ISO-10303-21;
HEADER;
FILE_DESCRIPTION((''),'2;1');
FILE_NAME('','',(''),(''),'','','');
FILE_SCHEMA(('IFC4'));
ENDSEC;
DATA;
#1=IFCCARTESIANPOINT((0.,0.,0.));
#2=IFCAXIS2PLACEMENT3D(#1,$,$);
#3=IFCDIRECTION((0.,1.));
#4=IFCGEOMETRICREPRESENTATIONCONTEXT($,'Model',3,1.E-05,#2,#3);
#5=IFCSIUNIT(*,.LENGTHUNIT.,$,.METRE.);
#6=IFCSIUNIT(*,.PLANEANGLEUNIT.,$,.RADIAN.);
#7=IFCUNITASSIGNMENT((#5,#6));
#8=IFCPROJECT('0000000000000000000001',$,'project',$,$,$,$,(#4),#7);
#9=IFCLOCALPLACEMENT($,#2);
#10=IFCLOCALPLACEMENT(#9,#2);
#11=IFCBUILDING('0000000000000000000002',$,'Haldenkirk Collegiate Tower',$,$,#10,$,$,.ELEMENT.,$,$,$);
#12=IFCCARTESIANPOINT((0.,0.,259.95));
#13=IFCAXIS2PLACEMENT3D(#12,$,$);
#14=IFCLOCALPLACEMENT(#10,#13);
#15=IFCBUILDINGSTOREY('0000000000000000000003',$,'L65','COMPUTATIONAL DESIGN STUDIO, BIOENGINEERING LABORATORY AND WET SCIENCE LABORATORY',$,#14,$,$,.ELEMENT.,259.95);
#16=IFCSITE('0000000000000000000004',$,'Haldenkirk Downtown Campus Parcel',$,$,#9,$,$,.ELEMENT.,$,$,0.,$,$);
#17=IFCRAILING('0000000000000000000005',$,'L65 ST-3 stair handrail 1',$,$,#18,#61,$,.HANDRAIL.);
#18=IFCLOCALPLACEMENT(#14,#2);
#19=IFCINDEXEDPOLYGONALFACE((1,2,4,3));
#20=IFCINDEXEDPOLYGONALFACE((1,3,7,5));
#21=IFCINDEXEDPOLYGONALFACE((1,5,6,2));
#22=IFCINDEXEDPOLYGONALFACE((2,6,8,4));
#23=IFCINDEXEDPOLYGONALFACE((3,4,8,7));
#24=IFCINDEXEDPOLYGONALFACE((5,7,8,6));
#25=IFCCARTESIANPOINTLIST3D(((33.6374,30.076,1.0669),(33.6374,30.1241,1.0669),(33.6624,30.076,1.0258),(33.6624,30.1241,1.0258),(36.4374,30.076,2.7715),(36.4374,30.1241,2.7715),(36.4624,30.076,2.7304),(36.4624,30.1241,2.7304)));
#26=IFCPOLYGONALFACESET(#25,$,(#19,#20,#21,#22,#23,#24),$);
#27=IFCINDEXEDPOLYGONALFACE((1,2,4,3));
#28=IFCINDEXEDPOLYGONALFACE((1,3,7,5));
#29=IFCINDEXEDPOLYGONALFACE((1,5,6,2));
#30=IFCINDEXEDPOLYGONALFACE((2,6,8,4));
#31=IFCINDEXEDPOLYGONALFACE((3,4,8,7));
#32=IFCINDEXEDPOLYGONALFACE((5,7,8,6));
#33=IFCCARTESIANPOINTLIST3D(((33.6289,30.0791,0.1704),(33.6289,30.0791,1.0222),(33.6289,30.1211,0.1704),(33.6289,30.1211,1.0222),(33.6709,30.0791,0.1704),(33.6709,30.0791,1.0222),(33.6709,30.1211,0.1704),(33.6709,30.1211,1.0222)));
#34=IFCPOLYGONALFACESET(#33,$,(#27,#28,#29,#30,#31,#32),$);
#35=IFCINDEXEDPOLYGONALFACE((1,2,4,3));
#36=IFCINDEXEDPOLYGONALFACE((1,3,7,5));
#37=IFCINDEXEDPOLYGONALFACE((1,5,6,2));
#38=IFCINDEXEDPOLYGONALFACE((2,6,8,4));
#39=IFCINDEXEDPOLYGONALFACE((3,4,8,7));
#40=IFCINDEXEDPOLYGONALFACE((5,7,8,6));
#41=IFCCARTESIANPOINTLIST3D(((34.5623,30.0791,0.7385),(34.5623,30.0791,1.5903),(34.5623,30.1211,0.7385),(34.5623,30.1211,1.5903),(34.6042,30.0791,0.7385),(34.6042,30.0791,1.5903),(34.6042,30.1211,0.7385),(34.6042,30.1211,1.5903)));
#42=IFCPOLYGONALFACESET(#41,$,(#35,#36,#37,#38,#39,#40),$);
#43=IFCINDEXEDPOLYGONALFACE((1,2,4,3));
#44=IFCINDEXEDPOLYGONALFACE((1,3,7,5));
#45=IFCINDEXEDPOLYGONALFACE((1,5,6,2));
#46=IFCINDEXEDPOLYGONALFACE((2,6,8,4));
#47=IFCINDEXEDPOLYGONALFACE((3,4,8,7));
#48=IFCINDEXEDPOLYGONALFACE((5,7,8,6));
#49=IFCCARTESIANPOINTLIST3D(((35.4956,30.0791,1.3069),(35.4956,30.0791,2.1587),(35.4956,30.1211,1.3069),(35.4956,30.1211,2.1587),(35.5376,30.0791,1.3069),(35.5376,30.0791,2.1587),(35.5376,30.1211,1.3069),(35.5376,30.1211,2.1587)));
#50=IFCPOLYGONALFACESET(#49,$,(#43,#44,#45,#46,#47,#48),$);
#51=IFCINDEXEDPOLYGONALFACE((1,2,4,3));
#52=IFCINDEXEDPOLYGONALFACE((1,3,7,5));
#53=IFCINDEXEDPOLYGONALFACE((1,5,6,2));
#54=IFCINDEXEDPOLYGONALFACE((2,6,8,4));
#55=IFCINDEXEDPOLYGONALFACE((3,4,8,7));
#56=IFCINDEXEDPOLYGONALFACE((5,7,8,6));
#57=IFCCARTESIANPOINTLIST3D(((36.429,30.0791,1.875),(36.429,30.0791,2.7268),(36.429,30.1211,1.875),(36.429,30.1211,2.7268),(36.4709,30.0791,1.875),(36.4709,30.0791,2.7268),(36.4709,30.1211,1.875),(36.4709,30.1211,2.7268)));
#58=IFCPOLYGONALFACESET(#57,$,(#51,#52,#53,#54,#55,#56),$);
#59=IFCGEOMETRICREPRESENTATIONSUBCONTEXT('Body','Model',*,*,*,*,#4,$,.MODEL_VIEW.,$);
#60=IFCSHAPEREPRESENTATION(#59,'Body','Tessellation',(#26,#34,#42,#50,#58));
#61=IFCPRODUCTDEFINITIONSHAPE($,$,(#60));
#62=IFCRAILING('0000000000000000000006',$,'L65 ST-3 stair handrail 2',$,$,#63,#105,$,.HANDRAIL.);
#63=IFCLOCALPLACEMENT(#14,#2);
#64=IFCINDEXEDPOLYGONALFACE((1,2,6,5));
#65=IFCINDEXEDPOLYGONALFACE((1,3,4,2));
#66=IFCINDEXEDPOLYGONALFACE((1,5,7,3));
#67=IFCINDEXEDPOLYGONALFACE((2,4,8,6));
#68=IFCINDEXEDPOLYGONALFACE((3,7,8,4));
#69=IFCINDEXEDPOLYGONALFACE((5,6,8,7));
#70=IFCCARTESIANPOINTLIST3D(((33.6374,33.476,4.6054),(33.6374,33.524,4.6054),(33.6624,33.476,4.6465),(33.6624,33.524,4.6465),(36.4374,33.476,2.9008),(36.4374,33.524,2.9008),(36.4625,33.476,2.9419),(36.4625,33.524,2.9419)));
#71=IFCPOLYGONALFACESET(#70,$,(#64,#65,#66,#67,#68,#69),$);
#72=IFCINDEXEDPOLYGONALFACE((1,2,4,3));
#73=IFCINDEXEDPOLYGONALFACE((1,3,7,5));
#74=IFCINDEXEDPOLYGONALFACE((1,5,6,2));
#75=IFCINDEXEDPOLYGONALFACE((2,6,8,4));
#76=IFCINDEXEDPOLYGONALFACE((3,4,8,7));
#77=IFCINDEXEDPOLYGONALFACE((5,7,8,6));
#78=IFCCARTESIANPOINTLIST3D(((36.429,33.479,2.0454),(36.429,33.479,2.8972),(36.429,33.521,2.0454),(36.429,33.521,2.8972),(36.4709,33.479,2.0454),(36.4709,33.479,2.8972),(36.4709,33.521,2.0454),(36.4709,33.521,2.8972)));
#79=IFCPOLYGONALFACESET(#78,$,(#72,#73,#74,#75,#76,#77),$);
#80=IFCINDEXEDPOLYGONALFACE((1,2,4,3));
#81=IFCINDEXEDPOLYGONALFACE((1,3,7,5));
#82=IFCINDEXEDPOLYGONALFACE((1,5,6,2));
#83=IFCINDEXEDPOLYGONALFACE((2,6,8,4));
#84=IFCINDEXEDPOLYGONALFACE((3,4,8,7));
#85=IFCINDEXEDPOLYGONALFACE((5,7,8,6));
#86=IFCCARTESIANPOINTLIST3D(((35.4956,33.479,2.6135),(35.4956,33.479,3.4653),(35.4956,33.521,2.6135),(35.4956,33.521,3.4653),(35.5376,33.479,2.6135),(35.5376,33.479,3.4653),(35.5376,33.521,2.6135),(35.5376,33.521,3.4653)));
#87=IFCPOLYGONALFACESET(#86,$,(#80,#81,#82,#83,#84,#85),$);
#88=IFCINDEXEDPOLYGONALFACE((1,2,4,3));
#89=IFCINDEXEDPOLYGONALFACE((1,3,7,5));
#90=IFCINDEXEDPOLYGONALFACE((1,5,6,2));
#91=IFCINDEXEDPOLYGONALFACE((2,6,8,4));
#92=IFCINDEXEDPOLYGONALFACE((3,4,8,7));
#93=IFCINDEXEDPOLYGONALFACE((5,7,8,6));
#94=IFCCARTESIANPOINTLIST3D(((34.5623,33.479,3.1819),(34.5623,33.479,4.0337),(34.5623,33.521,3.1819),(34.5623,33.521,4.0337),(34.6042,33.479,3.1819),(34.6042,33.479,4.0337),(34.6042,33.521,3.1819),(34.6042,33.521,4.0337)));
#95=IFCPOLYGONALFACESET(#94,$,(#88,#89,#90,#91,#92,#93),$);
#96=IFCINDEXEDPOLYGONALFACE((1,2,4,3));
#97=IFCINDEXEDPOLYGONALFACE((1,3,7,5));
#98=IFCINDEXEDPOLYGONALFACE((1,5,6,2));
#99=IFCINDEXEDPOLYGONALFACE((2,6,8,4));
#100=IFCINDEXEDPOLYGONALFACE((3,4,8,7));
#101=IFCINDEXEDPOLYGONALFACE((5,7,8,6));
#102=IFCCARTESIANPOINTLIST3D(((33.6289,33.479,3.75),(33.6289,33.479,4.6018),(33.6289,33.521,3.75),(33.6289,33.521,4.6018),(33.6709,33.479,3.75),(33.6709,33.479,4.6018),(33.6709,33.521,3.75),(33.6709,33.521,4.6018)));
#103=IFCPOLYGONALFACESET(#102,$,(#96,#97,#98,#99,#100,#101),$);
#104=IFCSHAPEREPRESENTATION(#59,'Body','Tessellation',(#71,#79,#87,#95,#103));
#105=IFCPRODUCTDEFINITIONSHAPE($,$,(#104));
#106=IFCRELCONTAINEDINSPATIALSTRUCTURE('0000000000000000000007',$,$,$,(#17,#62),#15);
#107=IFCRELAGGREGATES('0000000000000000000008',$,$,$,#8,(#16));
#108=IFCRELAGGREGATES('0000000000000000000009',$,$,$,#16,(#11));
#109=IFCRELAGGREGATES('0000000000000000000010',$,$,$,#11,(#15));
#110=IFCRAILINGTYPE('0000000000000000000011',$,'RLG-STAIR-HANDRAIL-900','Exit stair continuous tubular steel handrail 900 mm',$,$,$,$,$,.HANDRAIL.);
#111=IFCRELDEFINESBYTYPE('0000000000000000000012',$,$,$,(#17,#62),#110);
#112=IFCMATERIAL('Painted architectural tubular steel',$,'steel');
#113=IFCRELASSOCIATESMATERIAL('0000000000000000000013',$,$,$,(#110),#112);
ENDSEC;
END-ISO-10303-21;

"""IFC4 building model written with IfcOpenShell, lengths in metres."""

from ifc_helpers import new_model, si_unit, direction, frame, origin, origin_2d, place, context, subcontext, project, spatial, rectangle, extrude, material, type_object, element, save


model = new_model("IFC4")

# Units and contexts
model_context = context("Model", 3, precision=1e-05, world=origin(), true_north=direction((0.0, 1.0)))
body_context = subcontext(model_context, "Body", "Model", "MODEL_VIEW")
ifc_project = project(units=[si_unit("LENGTHUNIT", "METRE"), si_unit("PLANEANGLEUNIT", "RADIAN")], contexts=[model_context])

# Site, building, storey
site_placement = place(None, origin())
site = spatial("IfcSite", under=ifc_project, at=site_placement, Name="Haldenkirk Downtown Campus Parcel", CompositionType="ELEMENT", RefElevation=0.0)
building_placement = place(site_placement, origin())
building = spatial("IfcBuilding", under=site, at=building_placement, Name="Haldenkirk Collegiate Tower", CompositionType="ELEMENT")
storey_placement = place(building_placement, frame((0.0, 0.0, 259.95)))
storey = spatial("IfcBuildingStorey", under=building, at=storey_placement, Name="L65", Description="COMPUTATIONAL DESIGN STUDIO, BIOENGINEERING LABORATORY AND WET SCIENCE LABORATORY", CompositionType="ELEMENT", Elevation=259.95)

# Railings
ifc_material_1 = material(Name="Painted architectural tubular steel", Category="steel")
railing_type_1 = type_object("IfcRailingType", Name="RLG-STAIR-HANDRAIL-900", Description="Exit stair continuous tubular steel handrail 900 mm", PredefinedType="HANDRAIL", material=ifc_material_1)
railing_1_placement = place(storey_placement, frame((33.6499, 30.1001, 0.1704)))
element("IfcRailing", 1, at=railing_1_placement, inside=storey, type_object=railing_type_1, Name="L65 ST-3 stair handrail 1", PredefinedType="HANDRAIL", context=body_context, shape_type="SweptSolid", body=[
    extrude(rectangle(XDim=0.0481, YDim=0.0481, at=origin_2d()), frame((0.0, 0.0, 0.876), z_axis=(0.85417, 0.0, 0.519994), x_axis=(0.0, 1.0, 0.0)), (0.0, 0.0, 1.0), 3.2781),
    extrude(rectangle(XDim=0.042, YDim=0.042, at=origin_2d()), origin(), (0.0, 0.0, 1.0), 0.8518),
    extrude(rectangle(XDim=0.042, YDim=0.042, at=origin_2d()), frame((0.9333, 0.0, 0.5681)), (0.0, 0.0, 1.0), 0.8518),
    extrude(rectangle(XDim=0.042, YDim=0.042, at=origin_2d()), frame((1.8667, 0.0, 1.1365)), (0.0, 0.0, 1.0), 0.8518),
    extrude(rectangle(XDim=0.042, YDim=0.042, at=origin_2d()), frame((2.8, 0.0, 1.7046)), (0.0, 0.0, 1.0), 0.8518),
])
railing_2_placement = place(storey_placement, frame((36.45, 33.5, 2.0454)))
element("IfcRailing", 2, at=railing_2_placement, inside=storey, type_object=railing_type_1, Name="L65 ST-3 stair handrail 2", PredefinedType="HANDRAIL", context=body_context, shape_type="SweptSolid", body=[
    extrude(rectangle(XDim=0.0481, YDim=0.0481, at=origin_2d()), frame((0.0, 0.0, 0.876), z_axis=(-0.85417, 0.0, 0.519994), x_axis=(0.0, -1.0, 0.0)), (0.0, 0.0, 1.0), 3.2781),
    extrude(rectangle(XDim=0.042, YDim=0.042, at=origin_2d()), origin(), (0.0, 0.0, 1.0), 0.8518),
    extrude(rectangle(XDim=0.042, YDim=0.042, at=origin_2d()), frame((-0.9333, 0.0, 0.5681)), (0.0, 0.0, 1.0), 0.8518),
    extrude(rectangle(XDim=0.042, YDim=0.042, at=origin_2d()), frame((-1.8667, 0.0, 1.1365)), (0.0, 0.0, 1.0), 0.8518),
    extrude(rectangle(XDim=0.042, YDim=0.042, at=origin_2d()), frame((-2.8, 0.0, 1.7046)), (0.0, 0.0, 1.0), 0.8518),
])

save(model, "model.ifc")
